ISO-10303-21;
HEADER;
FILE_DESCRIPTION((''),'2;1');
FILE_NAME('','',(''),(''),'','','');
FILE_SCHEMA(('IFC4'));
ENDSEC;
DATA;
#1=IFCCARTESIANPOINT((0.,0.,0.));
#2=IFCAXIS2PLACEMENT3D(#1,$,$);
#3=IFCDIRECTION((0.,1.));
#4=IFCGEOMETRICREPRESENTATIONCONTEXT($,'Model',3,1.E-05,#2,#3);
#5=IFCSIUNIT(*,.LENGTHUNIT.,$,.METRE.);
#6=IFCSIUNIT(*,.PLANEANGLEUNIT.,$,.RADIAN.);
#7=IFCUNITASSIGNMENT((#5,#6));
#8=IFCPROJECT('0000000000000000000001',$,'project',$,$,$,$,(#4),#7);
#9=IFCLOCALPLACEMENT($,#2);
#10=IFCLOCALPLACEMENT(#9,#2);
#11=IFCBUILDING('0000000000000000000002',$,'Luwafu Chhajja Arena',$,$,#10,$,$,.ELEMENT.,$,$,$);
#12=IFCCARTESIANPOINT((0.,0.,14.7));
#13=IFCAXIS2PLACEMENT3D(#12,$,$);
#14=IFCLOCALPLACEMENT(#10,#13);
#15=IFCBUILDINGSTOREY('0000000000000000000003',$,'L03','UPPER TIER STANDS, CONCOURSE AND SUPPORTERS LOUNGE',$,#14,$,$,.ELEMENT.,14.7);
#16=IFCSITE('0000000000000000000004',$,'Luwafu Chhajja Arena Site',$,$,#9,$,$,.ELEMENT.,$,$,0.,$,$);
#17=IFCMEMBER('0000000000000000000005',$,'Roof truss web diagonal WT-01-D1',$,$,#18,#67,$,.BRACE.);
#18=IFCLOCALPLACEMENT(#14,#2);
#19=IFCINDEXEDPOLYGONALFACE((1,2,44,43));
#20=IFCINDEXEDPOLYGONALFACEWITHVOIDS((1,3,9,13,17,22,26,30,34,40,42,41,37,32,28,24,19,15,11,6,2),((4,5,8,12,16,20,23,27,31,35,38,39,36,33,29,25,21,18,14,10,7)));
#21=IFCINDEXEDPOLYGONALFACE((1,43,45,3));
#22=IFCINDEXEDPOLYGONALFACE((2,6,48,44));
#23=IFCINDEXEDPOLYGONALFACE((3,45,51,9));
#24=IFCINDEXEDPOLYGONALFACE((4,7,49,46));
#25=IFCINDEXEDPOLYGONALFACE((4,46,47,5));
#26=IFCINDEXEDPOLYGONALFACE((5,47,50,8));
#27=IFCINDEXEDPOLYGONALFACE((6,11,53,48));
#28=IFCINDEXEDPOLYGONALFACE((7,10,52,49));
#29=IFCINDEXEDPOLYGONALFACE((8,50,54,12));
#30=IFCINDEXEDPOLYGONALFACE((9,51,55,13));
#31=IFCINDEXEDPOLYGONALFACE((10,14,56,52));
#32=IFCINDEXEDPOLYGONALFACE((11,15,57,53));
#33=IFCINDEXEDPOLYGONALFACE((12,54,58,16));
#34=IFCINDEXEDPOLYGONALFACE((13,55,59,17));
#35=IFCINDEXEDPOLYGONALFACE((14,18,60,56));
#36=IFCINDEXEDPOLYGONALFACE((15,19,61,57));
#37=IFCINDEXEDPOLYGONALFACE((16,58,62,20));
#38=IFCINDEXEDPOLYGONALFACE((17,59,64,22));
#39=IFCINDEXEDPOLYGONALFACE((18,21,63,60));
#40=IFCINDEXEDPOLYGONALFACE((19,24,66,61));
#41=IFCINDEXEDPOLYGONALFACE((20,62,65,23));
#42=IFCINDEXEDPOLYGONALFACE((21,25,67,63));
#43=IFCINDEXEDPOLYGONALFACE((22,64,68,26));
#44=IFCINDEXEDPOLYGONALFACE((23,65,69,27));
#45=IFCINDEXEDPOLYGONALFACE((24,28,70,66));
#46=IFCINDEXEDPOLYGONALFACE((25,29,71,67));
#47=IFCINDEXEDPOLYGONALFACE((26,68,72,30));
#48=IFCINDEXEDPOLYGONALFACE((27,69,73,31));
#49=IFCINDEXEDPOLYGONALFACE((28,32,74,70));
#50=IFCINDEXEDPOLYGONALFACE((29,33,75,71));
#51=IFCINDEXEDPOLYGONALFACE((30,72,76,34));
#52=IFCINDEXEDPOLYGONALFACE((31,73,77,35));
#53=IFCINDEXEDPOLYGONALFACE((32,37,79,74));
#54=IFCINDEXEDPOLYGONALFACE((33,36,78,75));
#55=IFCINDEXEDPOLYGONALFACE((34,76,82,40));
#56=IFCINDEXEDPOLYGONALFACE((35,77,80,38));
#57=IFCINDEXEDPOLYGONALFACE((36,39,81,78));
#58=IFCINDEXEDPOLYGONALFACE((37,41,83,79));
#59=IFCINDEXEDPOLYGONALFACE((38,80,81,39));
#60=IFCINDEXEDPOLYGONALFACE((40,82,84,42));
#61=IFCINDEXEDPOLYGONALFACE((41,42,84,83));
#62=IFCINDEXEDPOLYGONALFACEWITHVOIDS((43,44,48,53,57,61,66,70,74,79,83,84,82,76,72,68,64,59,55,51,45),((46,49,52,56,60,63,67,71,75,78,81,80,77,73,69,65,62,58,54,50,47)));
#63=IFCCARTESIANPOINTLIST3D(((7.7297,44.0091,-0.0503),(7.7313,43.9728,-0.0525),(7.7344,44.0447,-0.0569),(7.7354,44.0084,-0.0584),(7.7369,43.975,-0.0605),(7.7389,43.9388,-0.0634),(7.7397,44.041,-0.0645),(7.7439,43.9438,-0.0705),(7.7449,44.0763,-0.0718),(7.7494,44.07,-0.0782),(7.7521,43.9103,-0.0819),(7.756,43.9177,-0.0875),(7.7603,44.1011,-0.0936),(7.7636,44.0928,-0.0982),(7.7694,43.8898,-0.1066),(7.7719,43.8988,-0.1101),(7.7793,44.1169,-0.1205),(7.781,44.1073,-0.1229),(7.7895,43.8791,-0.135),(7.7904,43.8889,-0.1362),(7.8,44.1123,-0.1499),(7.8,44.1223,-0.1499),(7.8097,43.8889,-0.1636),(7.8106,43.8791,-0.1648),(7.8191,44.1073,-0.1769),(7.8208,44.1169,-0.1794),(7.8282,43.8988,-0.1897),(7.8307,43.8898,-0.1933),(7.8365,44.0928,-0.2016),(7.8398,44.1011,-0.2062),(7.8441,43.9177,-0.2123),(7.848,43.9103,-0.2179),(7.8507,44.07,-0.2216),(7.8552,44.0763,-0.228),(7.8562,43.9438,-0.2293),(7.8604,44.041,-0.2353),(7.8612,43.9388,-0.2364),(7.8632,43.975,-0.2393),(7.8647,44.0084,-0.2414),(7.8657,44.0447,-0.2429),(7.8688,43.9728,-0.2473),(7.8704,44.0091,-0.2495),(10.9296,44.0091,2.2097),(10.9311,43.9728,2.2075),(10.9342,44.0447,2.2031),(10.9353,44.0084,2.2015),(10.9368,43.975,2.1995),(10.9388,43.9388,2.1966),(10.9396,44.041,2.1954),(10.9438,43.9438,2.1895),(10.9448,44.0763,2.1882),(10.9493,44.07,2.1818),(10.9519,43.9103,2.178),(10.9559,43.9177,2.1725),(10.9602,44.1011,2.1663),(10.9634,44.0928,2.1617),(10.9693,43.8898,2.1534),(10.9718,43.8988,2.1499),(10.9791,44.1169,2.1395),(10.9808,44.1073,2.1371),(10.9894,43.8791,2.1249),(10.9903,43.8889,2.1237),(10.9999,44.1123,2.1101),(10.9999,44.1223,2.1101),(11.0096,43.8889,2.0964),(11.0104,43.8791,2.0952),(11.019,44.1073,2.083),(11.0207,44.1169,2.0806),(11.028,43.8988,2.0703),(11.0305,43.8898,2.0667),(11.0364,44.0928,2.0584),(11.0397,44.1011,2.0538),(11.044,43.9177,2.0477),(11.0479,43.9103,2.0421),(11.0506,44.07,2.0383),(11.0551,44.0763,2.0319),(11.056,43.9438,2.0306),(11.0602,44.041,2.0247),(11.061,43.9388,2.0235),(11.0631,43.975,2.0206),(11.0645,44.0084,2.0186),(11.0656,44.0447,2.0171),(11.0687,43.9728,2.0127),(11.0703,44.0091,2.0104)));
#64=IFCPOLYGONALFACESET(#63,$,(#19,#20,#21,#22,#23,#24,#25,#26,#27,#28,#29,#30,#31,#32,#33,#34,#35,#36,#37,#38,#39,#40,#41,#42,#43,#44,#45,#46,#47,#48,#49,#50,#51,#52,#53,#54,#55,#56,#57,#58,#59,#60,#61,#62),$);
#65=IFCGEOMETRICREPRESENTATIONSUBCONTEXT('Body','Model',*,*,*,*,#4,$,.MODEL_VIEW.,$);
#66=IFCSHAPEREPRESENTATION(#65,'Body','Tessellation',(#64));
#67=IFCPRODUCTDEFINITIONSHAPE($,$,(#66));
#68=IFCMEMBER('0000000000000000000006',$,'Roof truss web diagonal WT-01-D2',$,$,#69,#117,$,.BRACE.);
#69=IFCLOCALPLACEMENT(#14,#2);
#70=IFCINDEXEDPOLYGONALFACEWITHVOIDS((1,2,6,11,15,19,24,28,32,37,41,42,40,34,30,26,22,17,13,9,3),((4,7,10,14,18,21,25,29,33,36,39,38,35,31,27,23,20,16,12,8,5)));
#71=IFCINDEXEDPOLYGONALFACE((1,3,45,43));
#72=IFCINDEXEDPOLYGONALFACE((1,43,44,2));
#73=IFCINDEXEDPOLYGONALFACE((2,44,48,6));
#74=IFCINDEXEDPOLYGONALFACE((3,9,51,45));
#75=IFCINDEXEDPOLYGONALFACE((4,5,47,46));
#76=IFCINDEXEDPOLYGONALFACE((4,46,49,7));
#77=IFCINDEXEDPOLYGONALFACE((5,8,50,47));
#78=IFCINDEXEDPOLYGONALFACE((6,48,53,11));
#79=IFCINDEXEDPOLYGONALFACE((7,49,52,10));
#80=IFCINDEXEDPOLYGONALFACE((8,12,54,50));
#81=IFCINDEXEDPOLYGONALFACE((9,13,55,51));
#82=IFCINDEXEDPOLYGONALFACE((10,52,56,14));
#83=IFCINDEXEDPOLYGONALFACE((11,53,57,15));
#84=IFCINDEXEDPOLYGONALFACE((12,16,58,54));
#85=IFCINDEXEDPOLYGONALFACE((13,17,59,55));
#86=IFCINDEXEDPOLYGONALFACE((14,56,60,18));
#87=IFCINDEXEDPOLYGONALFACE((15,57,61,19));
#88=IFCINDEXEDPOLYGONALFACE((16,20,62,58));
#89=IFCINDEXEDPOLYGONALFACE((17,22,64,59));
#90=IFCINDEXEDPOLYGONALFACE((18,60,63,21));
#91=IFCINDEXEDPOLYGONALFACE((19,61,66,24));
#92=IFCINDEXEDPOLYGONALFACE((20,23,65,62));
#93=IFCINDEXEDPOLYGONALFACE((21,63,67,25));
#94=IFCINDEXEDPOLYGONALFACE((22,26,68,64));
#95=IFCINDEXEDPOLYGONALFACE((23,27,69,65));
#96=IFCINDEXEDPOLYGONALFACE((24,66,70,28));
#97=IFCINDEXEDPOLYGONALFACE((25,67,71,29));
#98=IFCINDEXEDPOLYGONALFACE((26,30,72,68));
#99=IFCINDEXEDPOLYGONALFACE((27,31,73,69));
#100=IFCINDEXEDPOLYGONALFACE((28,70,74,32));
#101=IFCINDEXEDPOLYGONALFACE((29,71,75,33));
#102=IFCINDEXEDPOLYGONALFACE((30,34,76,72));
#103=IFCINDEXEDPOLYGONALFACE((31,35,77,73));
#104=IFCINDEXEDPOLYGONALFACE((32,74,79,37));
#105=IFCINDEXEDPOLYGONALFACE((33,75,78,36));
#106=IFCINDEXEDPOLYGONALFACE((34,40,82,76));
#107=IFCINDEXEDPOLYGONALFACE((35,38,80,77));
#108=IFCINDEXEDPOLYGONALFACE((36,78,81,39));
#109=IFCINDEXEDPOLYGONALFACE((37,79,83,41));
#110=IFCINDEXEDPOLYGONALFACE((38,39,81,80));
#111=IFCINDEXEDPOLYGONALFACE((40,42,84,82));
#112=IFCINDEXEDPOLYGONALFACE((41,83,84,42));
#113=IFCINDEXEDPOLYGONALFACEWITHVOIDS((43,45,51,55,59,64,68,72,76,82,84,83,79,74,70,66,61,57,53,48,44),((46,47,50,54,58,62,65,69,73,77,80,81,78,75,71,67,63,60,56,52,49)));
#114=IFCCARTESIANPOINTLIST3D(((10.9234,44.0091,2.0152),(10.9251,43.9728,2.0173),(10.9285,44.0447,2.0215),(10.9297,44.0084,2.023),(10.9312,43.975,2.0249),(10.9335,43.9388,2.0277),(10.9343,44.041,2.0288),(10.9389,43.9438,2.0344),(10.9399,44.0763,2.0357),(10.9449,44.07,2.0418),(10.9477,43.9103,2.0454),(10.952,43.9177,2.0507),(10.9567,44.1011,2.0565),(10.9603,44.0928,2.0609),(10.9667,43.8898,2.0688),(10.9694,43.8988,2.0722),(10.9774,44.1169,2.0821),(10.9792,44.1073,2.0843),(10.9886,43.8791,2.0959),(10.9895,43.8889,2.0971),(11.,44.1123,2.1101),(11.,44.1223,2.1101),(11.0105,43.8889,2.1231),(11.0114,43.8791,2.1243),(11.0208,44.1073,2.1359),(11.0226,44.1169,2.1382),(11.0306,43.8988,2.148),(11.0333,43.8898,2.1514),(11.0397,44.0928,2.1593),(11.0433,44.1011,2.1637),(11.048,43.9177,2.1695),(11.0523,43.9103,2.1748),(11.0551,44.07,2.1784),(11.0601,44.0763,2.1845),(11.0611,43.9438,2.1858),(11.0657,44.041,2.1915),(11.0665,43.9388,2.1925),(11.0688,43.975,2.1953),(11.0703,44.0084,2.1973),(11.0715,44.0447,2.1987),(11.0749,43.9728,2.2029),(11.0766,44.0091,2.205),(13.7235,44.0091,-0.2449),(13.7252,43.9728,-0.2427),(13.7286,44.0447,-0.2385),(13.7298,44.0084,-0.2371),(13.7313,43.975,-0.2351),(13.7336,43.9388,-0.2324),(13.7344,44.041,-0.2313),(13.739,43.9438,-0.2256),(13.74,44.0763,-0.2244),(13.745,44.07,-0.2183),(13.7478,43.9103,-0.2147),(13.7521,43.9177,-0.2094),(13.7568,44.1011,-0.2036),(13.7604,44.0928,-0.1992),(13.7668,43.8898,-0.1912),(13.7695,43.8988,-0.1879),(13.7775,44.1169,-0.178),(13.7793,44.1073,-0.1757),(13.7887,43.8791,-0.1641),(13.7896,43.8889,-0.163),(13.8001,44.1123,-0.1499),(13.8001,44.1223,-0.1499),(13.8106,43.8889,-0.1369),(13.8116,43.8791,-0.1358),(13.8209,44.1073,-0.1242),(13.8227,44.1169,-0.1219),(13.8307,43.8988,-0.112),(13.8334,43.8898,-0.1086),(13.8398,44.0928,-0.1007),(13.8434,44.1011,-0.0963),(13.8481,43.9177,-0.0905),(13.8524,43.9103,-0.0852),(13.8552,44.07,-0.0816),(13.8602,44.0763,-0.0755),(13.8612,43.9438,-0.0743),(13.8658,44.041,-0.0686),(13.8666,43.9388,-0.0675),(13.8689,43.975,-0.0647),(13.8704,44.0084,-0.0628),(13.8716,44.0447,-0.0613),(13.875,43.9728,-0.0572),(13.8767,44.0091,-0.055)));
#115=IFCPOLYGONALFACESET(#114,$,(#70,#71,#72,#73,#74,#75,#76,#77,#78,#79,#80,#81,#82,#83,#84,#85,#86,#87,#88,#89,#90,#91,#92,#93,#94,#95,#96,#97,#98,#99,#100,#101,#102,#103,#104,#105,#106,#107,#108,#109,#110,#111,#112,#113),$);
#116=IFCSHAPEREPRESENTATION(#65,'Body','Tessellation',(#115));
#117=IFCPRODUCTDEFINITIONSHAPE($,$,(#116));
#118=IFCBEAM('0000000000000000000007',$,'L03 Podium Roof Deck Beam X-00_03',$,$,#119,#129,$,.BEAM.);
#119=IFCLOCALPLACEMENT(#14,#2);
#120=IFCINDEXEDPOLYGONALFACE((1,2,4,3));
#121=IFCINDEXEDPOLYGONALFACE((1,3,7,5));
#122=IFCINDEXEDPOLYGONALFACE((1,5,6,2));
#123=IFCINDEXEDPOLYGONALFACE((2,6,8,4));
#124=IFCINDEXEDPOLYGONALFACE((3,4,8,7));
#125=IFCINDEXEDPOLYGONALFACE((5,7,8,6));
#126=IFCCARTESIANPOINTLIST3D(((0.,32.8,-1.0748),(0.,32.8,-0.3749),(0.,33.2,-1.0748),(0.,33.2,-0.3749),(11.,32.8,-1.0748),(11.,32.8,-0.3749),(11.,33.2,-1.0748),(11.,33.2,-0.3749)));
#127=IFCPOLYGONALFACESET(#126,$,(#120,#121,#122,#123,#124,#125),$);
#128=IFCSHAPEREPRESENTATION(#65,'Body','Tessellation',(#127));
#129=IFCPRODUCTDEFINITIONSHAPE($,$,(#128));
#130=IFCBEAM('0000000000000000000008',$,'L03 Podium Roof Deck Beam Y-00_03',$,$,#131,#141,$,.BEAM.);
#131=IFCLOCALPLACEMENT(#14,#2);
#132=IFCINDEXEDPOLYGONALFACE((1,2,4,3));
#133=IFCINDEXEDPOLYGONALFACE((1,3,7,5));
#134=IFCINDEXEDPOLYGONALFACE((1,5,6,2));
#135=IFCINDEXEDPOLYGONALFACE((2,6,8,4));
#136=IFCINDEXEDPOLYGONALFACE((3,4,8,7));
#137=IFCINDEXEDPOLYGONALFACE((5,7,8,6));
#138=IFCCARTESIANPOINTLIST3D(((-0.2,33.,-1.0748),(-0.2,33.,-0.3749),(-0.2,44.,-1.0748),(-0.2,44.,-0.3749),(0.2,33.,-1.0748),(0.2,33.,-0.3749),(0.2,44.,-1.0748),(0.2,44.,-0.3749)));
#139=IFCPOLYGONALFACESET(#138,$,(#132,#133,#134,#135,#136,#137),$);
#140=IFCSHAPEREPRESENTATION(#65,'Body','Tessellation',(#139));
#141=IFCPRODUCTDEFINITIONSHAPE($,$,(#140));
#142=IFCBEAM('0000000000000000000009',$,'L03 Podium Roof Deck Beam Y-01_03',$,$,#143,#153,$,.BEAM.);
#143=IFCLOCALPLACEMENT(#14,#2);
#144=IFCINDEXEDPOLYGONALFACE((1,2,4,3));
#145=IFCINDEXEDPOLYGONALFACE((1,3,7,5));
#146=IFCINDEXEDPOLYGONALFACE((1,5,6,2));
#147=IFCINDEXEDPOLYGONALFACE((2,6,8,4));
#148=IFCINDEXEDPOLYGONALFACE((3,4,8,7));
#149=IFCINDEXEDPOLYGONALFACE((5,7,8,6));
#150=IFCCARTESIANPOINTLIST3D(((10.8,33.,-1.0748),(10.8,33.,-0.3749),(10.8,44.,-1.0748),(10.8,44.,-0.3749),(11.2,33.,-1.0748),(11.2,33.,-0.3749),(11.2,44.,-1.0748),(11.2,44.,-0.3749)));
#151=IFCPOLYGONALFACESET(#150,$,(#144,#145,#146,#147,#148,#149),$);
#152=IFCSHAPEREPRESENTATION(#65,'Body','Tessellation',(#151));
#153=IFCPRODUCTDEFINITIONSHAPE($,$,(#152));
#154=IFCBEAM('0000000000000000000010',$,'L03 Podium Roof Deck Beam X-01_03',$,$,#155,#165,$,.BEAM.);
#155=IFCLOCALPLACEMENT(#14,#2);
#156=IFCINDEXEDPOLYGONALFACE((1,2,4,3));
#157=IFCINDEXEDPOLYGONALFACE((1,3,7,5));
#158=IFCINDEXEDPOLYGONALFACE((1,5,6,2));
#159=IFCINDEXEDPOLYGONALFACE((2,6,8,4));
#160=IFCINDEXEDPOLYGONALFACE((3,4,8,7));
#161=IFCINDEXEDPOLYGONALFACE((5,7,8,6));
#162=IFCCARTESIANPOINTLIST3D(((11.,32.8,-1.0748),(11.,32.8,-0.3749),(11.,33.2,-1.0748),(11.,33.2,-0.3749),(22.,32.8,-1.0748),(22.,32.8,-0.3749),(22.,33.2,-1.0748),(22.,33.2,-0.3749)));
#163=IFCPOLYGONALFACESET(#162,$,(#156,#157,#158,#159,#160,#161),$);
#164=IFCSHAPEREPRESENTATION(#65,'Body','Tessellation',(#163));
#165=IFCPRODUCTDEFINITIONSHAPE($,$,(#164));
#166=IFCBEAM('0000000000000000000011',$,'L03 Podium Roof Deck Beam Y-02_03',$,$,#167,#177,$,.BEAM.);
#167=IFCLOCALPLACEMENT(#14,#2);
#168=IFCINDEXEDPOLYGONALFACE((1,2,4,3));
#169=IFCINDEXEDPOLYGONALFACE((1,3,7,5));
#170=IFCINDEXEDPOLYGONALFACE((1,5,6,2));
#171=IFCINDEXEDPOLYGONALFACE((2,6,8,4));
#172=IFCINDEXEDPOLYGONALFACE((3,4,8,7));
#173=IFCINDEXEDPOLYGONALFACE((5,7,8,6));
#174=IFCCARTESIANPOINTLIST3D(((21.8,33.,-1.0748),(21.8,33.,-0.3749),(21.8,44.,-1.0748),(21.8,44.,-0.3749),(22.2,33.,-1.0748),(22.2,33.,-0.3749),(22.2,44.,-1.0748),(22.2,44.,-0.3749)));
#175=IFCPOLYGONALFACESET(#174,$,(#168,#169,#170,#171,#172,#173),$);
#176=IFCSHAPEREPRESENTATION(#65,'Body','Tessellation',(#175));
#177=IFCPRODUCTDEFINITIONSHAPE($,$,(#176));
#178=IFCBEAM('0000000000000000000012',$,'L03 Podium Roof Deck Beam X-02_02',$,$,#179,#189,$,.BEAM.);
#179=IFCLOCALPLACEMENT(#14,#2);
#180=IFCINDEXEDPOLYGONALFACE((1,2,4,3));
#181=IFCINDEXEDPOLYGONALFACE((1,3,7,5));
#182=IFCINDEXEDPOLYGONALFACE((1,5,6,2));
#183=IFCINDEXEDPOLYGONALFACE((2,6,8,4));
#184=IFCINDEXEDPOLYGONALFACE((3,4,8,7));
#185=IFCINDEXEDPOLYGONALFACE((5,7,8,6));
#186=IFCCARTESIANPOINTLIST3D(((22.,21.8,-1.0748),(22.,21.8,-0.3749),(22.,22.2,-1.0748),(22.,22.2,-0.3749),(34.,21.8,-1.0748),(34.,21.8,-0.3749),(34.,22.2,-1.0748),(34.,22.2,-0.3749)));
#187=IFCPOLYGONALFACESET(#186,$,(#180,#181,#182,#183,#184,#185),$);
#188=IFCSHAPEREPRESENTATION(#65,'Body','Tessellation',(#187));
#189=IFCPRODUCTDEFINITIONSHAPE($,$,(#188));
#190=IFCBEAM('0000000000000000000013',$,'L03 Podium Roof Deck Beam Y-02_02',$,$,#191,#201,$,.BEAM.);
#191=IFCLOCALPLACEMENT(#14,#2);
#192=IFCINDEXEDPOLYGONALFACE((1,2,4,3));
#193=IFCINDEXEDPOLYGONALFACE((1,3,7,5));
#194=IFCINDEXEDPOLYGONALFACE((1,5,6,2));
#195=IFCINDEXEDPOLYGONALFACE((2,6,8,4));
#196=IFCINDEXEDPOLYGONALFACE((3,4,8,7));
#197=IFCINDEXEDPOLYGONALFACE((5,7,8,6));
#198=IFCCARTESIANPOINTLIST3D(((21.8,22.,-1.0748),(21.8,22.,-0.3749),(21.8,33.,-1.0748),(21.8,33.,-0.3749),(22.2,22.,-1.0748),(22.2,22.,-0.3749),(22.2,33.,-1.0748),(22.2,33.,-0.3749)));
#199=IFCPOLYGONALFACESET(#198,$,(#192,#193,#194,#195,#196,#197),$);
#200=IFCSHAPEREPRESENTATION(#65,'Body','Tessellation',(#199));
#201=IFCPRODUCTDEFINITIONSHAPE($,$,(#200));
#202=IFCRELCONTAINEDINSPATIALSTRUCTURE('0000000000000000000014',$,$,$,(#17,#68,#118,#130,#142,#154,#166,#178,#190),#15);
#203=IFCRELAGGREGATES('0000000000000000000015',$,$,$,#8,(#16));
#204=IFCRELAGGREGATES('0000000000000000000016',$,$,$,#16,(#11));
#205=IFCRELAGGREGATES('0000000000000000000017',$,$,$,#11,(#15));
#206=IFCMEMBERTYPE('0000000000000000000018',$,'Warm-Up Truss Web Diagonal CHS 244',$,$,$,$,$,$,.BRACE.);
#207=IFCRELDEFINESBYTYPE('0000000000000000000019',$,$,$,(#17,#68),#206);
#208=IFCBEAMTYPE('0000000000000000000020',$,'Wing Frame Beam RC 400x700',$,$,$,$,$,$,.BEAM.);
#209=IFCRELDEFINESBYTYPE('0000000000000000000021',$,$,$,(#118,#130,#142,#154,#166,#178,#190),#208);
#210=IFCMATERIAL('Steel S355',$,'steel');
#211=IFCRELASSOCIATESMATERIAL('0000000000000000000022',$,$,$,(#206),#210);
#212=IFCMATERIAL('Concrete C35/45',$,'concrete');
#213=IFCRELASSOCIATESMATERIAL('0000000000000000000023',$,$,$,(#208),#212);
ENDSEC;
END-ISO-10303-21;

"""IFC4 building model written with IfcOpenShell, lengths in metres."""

from ifc_helpers import new_model, si_unit, direction, frame, origin, origin_2d, place, context, subcontext, project, spatial, rectangle, hollow_circle, extrude, material, material_profile, profile_set, type_object, element, save


model = new_model("IFC4")

# Units and contexts
model_context = context("Model", 3, precision=1e-05, world=origin(), true_north=direction((0.0, 1.0)))
body_context = subcontext(model_context, "Body", "Model", "MODEL_VIEW")
ifc_project = project(units=[si_unit("LENGTHUNIT", "METRE"), si_unit("PLANEANGLEUNIT", "RADIAN")], contexts=[model_context])

# Site, building, storey
site_placement = place(None, origin())
site = spatial("IfcSite", under=ifc_project, at=site_placement, Name="Luwafu Chhajja Arena Site", CompositionType="ELEMENT", RefElevation=0.0)
building_placement = place(site_placement, origin())
building = spatial("IfcBuilding", under=site, at=building_placement, Name="Luwafu Chhajja Arena", CompositionType="ELEMENT")
storey_placement = place(building_placement, frame((0.0, 0.0, 14.7)))
storey = spatial("IfcBuildingStorey", under=building, at=storey_placement, Name="L03", Description="UPPER TIER STANDS, CONCOURSE AND SUPPORTERS LOUNGE", CompositionType="ELEMENT", Elevation=14.7)

# Shared definitions
ifc_material_1 = material(Name="Steel S355", Category="steel")

# Members
ifc_material_profile_1 = material_profile(ifc_material_1, hollow_circle(Radius=0.1223, WallThickness=0.01, at=origin_2d()), Name="CHS 244.5x10")
ifc_profile_set_1 = profile_set([ifc_material_profile_1], Name="Steel S355")
member_type_1 = type_object("IfcMemberType", Name="Warm-Up Truss Web Diagonal CHS 244", PredefinedType="BRACE", material=ifc_profile_set_1)
member_1_placement = place(storey_placement, frame((7.8, 44.0, -0.1499), z_axis=(0.816821, 0.0, 0.576891), x_axis=(0.0, 1.0, 0.0)))
element("IfcMember", 1, at=member_1_placement, inside=storey, type_object=member_type_1, Name="Roof truss web diagonal WT-01-D1", PredefinedType="BRACE", context=body_context, shape_type="SweptSolid", body=[
    extrude(hollow_circle(Radius=0.1223, WallThickness=0.01, at=origin_2d()), origin(), (0.0, 0.0, 1.0), 3.9175),
])
member_2_placement = place(storey_placement, frame((11.0, 44.0, 2.1101), z_axis=(0.778154, 0.0, -0.628073), x_axis=(0.0, 1.0, 0.0)))
element("IfcMember", 2, at=member_2_placement, inside=storey, type_object=member_type_1, Name="Roof truss web diagonal WT-01-D2", PredefinedType="BRACE", context=body_context, shape_type="SweptSolid", body=[
    extrude(hollow_circle(Radius=0.1223, WallThickness=0.01, at=origin_2d()), origin(), (0.0, 0.0, 1.0), 3.5984),
])

# Beams
ifc_material_2 = material(Name="Concrete C35/45", Category="concrete")
ifc_material_profile_2 = material_profile(ifc_material_2, rectangle(XDim=0.3999, YDim=0.7, at=origin_2d()), Name="RC 400x700")
ifc_profile_set_2 = profile_set([ifc_material_profile_2], Name="Concrete C35/45")
beam_type_1 = type_object("IfcBeamType", Name="Wing Frame Beam RC 400x700", PredefinedType="BEAM", material=ifc_profile_set_2)
for number, where, z_axis, x_axis, name in (
    (3, (0.0, 33.0, -0.7249), (1.0, 0.0, 0.0), (0.0, 1.0, 0.0), "L03 Podium Roof Deck Beam X-00_03"),
    (4, (0.0, 33.0, -0.7249), (0.0, 1.0, 0.0), (-1.0, 0.0, 0.0), "L03 Podium Roof Deck Beam Y-00_03"),
    (5, (11.0, 33.0, -0.7249), (0.0, 1.0, 0.0), (-1.0, 0.0, 0.0), "L03 Podium Roof Deck Beam Y-01_03"),
    (6, (11.0, 33.0, -0.7249), (1.0, 0.0, 0.0), (0.0, 1.0, 0.0), "L03 Podium Roof Deck Beam X-01_03"),
    (7, (22.0, 33.0, -0.7249), (0.0, 1.0, 0.0), (-1.0, 0.0, 0.0), "L03 Podium Roof Deck Beam Y-02_03"),
):
    element("IfcBeam", number, at=place(storey_placement, frame(where, z_axis=z_axis, x_axis=x_axis)), inside=storey, type_object=beam_type_1, Name=name, PredefinedType="BEAM", context=body_context, shape_type="SweptSolid", body=[
        extrude(rectangle(XDim=0.3999, YDim=0.7, at=origin_2d()), origin(), (0.0, 0.0, 1.0), 11.0),
    ])
beam_1_placement = place(storey_placement, frame((22.0, 22.0, -0.7249), z_axis=(1.0, 0.0, 0.0), x_axis=(0.0, 1.0, 0.0)))
element("IfcBeam", 8, at=beam_1_placement, inside=storey, type_object=beam_type_1, Name="L03 Podium Roof Deck Beam X-02_02", PredefinedType="BEAM", context=body_context, shape_type="SweptSolid", body=[
    extrude(rectangle(XDim=0.3999, YDim=0.7, at=origin_2d()), origin(), (0.0, 0.0, 1.0), 12.0),
])
beam_2_placement = place(storey_placement, frame((22.0, 22.0, -0.7249), z_axis=(0.0, 1.0, 0.0), x_axis=(-1.0, 0.0, 0.0)))
element("IfcBeam", 9, at=beam_2_placement, inside=storey, type_object=beam_type_1, Name="L03 Podium Roof Deck Beam Y-02_02", PredefinedType="BEAM", context=body_context, shape_type="SweptSolid", body=[
    extrude(rectangle(XDim=0.3999, YDim=0.7, at=origin_2d()), origin(), (0.0, 0.0, 1.0), 11.0),
])

save(model, "model.ifc")
